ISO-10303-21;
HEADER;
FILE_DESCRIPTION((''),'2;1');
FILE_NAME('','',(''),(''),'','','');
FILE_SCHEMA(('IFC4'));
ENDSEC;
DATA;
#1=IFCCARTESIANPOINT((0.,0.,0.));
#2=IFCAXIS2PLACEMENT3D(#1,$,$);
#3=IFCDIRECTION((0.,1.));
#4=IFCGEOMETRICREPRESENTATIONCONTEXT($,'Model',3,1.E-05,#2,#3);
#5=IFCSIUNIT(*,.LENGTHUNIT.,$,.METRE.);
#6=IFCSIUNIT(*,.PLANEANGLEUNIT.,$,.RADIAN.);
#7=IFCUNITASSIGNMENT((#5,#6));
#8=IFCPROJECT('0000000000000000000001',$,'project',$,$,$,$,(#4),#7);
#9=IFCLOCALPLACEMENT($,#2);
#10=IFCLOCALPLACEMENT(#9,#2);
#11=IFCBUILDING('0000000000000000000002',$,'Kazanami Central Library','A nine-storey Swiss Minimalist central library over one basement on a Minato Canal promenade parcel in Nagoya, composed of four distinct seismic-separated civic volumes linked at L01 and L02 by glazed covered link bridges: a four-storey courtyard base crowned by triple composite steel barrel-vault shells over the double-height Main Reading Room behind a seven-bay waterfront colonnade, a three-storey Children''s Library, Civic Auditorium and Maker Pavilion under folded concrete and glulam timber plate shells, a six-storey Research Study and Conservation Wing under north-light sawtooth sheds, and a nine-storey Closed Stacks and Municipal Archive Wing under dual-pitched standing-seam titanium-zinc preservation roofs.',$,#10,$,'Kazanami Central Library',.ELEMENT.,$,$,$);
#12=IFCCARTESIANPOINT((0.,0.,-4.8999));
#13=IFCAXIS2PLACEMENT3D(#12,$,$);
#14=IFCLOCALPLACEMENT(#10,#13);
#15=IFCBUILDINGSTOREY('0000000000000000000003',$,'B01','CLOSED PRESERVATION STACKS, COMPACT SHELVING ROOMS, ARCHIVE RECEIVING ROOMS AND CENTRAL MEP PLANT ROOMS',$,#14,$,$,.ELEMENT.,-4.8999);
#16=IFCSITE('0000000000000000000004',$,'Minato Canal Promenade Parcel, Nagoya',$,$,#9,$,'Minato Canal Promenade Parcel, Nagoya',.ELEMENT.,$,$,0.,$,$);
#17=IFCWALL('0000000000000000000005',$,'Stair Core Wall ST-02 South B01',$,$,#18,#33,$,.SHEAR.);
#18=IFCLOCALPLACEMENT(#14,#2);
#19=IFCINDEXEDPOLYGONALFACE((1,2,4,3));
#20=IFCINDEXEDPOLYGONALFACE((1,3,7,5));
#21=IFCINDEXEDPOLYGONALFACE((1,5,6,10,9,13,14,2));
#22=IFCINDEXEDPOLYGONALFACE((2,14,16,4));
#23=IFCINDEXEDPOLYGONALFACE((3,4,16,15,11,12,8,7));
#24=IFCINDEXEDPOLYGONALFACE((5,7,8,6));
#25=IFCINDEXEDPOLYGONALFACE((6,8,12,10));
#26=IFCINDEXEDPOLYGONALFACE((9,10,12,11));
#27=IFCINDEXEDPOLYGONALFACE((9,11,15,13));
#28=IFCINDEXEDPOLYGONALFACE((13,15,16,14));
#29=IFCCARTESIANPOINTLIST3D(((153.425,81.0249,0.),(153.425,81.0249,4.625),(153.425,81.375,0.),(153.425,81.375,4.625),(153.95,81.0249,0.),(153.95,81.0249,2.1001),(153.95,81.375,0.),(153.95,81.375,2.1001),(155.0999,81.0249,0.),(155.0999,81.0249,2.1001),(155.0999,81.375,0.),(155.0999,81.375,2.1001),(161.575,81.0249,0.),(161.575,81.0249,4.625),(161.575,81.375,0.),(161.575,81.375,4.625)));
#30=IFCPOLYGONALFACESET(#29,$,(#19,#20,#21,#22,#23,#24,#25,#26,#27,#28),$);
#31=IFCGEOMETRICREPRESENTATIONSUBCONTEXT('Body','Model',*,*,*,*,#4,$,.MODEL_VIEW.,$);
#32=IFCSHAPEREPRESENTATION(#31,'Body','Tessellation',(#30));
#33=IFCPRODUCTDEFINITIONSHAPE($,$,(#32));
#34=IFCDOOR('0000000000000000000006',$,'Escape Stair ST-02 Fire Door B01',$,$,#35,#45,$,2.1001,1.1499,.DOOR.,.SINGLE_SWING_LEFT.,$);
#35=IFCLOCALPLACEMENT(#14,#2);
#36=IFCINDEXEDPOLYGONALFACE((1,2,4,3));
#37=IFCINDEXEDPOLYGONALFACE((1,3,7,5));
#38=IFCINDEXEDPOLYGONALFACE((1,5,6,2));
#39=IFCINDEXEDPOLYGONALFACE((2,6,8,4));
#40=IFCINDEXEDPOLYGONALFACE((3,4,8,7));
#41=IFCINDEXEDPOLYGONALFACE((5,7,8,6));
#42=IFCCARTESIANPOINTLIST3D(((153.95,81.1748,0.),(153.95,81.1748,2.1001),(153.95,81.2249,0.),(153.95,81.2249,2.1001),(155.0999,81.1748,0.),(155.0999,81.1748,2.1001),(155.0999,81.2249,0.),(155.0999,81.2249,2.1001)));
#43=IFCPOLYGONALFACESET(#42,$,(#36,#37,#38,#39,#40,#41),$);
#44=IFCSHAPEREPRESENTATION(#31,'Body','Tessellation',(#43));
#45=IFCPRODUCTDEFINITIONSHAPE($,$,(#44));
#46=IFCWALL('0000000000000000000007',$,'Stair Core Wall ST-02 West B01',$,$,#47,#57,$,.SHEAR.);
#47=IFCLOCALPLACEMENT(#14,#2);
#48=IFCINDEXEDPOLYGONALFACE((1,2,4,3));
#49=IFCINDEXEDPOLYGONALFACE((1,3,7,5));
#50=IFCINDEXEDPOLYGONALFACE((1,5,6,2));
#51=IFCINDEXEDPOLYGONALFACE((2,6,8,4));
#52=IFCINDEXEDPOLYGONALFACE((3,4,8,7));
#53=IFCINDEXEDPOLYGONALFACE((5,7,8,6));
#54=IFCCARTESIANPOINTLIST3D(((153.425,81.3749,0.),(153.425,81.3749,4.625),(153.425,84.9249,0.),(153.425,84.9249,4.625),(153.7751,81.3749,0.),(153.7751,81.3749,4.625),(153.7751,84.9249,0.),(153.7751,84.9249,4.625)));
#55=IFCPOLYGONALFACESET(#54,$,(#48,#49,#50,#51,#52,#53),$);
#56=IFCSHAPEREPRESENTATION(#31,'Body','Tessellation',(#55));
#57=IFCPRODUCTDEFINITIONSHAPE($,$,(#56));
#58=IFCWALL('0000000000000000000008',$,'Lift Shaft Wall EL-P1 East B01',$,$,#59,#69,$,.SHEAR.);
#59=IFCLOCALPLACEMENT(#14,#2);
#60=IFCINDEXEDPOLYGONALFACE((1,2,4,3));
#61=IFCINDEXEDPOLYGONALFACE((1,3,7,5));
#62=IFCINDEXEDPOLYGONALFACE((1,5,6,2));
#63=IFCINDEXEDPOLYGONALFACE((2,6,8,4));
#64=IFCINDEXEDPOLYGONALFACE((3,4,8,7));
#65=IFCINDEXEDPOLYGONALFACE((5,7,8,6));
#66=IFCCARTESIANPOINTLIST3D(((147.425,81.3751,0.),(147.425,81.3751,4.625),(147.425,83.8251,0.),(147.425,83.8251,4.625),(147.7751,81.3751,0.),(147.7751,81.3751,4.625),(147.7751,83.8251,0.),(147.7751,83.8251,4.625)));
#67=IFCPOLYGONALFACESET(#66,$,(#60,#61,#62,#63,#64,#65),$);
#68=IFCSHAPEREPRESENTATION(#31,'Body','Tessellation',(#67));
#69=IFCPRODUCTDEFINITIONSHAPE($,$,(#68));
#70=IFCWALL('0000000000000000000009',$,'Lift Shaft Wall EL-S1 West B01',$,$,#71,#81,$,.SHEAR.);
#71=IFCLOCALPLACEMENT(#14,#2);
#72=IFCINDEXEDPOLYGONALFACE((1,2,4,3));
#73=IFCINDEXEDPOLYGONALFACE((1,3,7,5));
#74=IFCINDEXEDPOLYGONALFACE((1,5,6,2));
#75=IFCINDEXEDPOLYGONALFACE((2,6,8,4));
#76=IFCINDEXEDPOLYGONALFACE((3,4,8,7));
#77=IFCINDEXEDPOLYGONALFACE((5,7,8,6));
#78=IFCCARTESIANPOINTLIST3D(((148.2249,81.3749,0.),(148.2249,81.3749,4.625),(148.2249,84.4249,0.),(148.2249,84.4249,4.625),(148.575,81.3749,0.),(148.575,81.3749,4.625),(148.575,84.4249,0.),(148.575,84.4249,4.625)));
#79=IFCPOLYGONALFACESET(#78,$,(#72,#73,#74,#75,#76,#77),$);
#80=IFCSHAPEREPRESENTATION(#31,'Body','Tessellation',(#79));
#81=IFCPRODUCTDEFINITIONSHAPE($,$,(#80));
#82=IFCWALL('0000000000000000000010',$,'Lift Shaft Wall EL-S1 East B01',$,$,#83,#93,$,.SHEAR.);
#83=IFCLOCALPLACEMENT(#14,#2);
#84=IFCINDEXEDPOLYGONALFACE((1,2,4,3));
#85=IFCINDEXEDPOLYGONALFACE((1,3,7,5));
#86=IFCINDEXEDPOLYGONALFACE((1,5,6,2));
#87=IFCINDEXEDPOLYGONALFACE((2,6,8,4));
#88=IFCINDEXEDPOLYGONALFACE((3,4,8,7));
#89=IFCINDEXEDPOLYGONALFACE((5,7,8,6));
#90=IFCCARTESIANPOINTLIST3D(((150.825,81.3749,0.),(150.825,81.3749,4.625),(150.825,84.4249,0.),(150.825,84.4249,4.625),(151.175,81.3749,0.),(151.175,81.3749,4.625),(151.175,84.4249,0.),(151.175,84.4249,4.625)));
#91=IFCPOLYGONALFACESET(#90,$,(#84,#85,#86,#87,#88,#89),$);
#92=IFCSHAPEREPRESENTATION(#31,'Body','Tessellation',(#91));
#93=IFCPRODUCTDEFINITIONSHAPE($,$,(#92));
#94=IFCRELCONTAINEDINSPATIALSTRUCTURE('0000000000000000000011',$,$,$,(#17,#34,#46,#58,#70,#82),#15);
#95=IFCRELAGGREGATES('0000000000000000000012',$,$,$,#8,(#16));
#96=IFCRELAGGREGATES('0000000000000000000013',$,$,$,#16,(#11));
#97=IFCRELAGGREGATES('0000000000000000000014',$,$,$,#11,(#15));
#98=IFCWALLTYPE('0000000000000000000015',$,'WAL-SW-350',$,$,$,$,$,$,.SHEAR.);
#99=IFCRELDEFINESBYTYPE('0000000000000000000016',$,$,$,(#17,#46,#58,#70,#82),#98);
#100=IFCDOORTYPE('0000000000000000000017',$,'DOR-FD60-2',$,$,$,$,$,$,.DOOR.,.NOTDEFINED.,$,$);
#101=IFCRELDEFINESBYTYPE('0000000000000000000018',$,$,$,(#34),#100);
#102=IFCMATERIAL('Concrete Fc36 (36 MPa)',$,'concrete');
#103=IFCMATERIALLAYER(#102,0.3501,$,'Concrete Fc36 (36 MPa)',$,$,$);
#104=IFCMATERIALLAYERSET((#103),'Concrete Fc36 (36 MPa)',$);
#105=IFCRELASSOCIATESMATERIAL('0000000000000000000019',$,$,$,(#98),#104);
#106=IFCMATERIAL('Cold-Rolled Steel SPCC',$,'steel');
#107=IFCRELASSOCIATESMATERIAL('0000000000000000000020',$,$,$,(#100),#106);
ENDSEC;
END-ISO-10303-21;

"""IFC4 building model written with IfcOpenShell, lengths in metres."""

from ifc_helpers import new_model, si_unit, direction, frame, frame_2d, origin, place, context, subcontext, project, spatial, rectangle, extrude, material, layer, layer_set, type_object, element, fill, save


model = new_model("IFC4")

# Units and contexts
model_context = context("Model", 3, precision=1e-05, world=origin(), true_north=direction((0.0, 1.0)))
body_context = subcontext(model_context, "Body", "Model", "MODEL_VIEW")
ifc_project = project(units=[si_unit("LENGTHUNIT", "METRE"), si_unit("PLANEANGLEUNIT", "RADIAN")], contexts=[model_context])

# Site, building, storey
site_placement = place(None, origin())
site = spatial("IfcSite", under=ifc_project, at=site_placement, Name="Minato Canal Promenade Parcel, Nagoya", LongName="Minato Canal Promenade Parcel, Nagoya", CompositionType="ELEMENT", RefElevation=0.0)
building_placement = place(site_placement, origin())
building = spatial("IfcBuilding", under=site, at=building_placement, Name="Kazanami Central Library", Description="A nine-storey Swiss Minimalist central library over one basement on a Minato Canal promenade parcel in Nagoya, composed of four distinct seismic-separated civic volumes linked at L01 and L02 by glazed covered link bridges: a four-storey courtyard base crowned by triple composite steel barrel-vault shells over the double-height Main Reading Room behind a seven-bay waterfront colonnade, a three-storey Children's Library, Civic Auditorium and Maker Pavilion under folded concrete and glulam timber plate shells, a six-storey Research Study and Conservation Wing under north-light sawtooth sheds, and a nine-storey Closed Stacks and Municipal Archive Wing under dual-pitched standing-seam titanium-zinc preservation roofs.", LongName="Kazanami Central Library", CompositionType="ELEMENT")
storey_placement = place(building_placement, frame((0.0, 0.0, -4.8999)))
storey = spatial("IfcBuildingStorey", under=building, at=storey_placement, Name="B01", Description="CLOSED PRESERVATION STACKS, COMPACT SHELVING ROOMS, ARCHIVE RECEIVING ROOMS AND CENTRAL MEP PLANT ROOMS", CompositionType="ELEMENT", Elevation=-4.8999)

# Shared definitions
ifc_material_1 = material(Name="Concrete Fc36 (36 MPa)", Category="concrete")

# Wall, opening, door
ifc_layer_1 = layer(ifc_material_1, 0.3501, Name="Concrete Fc36 (36 MPa)")
ifc_layer_set_1 = layer_set([ifc_layer_1], Name="Concrete Fc36 (36 MPa)")
wall_type_1 = type_object("IfcWallType", Name="WAL-SW-350", PredefinedType="SHEAR", material=ifc_layer_set_1)
wall_1_placement = place(storey_placement, frame((153.425, 81.2, 0.0), z_axis=(0.0, 0.0, 1.0), x_axis=(1.0, 0.0, 0.0)))
wall_1 = element("IfcWall", 1, at=wall_1_placement, inside=storey, type_object=wall_type_1, Name="Stair Core Wall ST-02 South B01", PredefinedType="SHEAR", context=body_context, shape_type="SweptSolid", body=[
    extrude(rectangle(XDim=8.1499, YDim=0.3501, at=frame_2d((4.075, 0.0))), origin(), (0.0, 0.0, 1.0), 4.625),
])
opening_1_placement = place(wall_1_placement, frame((0.5249, 0.0, 0.0)))
opening_1 = element("IfcOpeningElement", 2, at=opening_1_placement, cuts=wall_1, PredefinedType="OPENING", context=body_context, shape_type="SweptSolid", body=[
    extrude(rectangle(XDim=1.1499, YDim=2.1001, at=frame_2d((0.575, 1.05))), frame((0.0, 0.187, 0.0), z_axis=(0.0, -1.0, 0.0), x_axis=(1.0, 0.0, 0.0)), (0.0, 0.0, 1.0), 0.374),
])
ifc_material_2 = material(Name="Cold-Rolled Steel SPCC", Category="steel")
door_type_1 = type_object("IfcDoorType", Name="DOR-FD60-2", OperationType="NOTDEFINED", PredefinedType="DOOR", material=ifc_material_2)
door_1_placement = place(opening_1_placement, origin())
door_1 = element("IfcDoor", 3, at=door_1_placement, inside=storey, type_object=door_type_1, Name="Escape Stair ST-02 Fire Door B01", OperationType="SINGLE_SWING_LEFT", OverallHeight=2.1001, OverallWidth=1.1499, PredefinedType="DOOR", context=body_context, shape_type="SweptSolid", body=[
    extrude(rectangle(XDim=1.1499, YDim=2.1001, at=frame_2d((0.575, 1.05))), frame((0.0, 0.0249, 0.0), z_axis=(0.0, -1.0, 0.0), x_axis=(1.0, 0.0, 0.0)), (0.0, 0.0, 1.0), 0.05),
])
fill(opening_1, door_1)

# Walls
wall_2_placement = place(storey_placement, frame((153.6001, 81.375, 0.0), z_axis=(0.0, 0.0, 1.0), x_axis=(0.0, 1.0, 0.0)))
element("IfcWall", 4, at=wall_2_placement, inside=storey, type_object=wall_type_1, Name="Stair Core Wall ST-02 West B01", PredefinedType="SHEAR", context=body_context, shape_type="SweptSolid", body=[
    extrude(rectangle(XDim=3.55, YDim=0.3501, at=frame_2d((1.7749, 0.0))), origin(), (0.0, 0.0, 1.0), 4.625),
])
wall_3_placement = place(storey_placement, frame((147.6001, 81.375, 0.0), z_axis=(0.0, 0.0, 1.0), x_axis=(0.0, 1.0, 0.0)))
element("IfcWall", 5, at=wall_3_placement, inside=storey, type_object=wall_type_1, Name="Lift Shaft Wall EL-P1 East B01", PredefinedType="SHEAR", context=body_context, shape_type="SweptSolid", body=[
    extrude(rectangle(XDim=2.45, YDim=0.3501, at=frame_2d((1.2251, 0.0))), origin(), (0.0, 0.0, 1.0), 4.625),
])

# Walls
for number, where, z_axis, x_axis, name in (
    (6, (148.3999, 81.375, 0.0), (0.0, 0.0, 1.0), (0.0, 1.0, 0.0), "Lift Shaft Wall EL-S1 West B01"),
    (7, (151.0, 81.375, 0.0), (0.0, 0.0, 1.0), (0.0, 1.0, 0.0), "Lift Shaft Wall EL-S1 East B01"),
):
    element("IfcWall", number, at=place(storey_placement, frame(where, z_axis=z_axis, x_axis=x_axis)), inside=storey, type_object=wall_type_1, Name=name, PredefinedType="SHEAR", context=body_context, shape_type="SweptSolid", body=[
        extrude(rectangle(XDim=3.05, YDim=0.3501, at=frame_2d((1.5249, 0.0))), origin(), (0.0, 0.0, 1.0), 4.625),
    ])

save(model, "model.ifc")
